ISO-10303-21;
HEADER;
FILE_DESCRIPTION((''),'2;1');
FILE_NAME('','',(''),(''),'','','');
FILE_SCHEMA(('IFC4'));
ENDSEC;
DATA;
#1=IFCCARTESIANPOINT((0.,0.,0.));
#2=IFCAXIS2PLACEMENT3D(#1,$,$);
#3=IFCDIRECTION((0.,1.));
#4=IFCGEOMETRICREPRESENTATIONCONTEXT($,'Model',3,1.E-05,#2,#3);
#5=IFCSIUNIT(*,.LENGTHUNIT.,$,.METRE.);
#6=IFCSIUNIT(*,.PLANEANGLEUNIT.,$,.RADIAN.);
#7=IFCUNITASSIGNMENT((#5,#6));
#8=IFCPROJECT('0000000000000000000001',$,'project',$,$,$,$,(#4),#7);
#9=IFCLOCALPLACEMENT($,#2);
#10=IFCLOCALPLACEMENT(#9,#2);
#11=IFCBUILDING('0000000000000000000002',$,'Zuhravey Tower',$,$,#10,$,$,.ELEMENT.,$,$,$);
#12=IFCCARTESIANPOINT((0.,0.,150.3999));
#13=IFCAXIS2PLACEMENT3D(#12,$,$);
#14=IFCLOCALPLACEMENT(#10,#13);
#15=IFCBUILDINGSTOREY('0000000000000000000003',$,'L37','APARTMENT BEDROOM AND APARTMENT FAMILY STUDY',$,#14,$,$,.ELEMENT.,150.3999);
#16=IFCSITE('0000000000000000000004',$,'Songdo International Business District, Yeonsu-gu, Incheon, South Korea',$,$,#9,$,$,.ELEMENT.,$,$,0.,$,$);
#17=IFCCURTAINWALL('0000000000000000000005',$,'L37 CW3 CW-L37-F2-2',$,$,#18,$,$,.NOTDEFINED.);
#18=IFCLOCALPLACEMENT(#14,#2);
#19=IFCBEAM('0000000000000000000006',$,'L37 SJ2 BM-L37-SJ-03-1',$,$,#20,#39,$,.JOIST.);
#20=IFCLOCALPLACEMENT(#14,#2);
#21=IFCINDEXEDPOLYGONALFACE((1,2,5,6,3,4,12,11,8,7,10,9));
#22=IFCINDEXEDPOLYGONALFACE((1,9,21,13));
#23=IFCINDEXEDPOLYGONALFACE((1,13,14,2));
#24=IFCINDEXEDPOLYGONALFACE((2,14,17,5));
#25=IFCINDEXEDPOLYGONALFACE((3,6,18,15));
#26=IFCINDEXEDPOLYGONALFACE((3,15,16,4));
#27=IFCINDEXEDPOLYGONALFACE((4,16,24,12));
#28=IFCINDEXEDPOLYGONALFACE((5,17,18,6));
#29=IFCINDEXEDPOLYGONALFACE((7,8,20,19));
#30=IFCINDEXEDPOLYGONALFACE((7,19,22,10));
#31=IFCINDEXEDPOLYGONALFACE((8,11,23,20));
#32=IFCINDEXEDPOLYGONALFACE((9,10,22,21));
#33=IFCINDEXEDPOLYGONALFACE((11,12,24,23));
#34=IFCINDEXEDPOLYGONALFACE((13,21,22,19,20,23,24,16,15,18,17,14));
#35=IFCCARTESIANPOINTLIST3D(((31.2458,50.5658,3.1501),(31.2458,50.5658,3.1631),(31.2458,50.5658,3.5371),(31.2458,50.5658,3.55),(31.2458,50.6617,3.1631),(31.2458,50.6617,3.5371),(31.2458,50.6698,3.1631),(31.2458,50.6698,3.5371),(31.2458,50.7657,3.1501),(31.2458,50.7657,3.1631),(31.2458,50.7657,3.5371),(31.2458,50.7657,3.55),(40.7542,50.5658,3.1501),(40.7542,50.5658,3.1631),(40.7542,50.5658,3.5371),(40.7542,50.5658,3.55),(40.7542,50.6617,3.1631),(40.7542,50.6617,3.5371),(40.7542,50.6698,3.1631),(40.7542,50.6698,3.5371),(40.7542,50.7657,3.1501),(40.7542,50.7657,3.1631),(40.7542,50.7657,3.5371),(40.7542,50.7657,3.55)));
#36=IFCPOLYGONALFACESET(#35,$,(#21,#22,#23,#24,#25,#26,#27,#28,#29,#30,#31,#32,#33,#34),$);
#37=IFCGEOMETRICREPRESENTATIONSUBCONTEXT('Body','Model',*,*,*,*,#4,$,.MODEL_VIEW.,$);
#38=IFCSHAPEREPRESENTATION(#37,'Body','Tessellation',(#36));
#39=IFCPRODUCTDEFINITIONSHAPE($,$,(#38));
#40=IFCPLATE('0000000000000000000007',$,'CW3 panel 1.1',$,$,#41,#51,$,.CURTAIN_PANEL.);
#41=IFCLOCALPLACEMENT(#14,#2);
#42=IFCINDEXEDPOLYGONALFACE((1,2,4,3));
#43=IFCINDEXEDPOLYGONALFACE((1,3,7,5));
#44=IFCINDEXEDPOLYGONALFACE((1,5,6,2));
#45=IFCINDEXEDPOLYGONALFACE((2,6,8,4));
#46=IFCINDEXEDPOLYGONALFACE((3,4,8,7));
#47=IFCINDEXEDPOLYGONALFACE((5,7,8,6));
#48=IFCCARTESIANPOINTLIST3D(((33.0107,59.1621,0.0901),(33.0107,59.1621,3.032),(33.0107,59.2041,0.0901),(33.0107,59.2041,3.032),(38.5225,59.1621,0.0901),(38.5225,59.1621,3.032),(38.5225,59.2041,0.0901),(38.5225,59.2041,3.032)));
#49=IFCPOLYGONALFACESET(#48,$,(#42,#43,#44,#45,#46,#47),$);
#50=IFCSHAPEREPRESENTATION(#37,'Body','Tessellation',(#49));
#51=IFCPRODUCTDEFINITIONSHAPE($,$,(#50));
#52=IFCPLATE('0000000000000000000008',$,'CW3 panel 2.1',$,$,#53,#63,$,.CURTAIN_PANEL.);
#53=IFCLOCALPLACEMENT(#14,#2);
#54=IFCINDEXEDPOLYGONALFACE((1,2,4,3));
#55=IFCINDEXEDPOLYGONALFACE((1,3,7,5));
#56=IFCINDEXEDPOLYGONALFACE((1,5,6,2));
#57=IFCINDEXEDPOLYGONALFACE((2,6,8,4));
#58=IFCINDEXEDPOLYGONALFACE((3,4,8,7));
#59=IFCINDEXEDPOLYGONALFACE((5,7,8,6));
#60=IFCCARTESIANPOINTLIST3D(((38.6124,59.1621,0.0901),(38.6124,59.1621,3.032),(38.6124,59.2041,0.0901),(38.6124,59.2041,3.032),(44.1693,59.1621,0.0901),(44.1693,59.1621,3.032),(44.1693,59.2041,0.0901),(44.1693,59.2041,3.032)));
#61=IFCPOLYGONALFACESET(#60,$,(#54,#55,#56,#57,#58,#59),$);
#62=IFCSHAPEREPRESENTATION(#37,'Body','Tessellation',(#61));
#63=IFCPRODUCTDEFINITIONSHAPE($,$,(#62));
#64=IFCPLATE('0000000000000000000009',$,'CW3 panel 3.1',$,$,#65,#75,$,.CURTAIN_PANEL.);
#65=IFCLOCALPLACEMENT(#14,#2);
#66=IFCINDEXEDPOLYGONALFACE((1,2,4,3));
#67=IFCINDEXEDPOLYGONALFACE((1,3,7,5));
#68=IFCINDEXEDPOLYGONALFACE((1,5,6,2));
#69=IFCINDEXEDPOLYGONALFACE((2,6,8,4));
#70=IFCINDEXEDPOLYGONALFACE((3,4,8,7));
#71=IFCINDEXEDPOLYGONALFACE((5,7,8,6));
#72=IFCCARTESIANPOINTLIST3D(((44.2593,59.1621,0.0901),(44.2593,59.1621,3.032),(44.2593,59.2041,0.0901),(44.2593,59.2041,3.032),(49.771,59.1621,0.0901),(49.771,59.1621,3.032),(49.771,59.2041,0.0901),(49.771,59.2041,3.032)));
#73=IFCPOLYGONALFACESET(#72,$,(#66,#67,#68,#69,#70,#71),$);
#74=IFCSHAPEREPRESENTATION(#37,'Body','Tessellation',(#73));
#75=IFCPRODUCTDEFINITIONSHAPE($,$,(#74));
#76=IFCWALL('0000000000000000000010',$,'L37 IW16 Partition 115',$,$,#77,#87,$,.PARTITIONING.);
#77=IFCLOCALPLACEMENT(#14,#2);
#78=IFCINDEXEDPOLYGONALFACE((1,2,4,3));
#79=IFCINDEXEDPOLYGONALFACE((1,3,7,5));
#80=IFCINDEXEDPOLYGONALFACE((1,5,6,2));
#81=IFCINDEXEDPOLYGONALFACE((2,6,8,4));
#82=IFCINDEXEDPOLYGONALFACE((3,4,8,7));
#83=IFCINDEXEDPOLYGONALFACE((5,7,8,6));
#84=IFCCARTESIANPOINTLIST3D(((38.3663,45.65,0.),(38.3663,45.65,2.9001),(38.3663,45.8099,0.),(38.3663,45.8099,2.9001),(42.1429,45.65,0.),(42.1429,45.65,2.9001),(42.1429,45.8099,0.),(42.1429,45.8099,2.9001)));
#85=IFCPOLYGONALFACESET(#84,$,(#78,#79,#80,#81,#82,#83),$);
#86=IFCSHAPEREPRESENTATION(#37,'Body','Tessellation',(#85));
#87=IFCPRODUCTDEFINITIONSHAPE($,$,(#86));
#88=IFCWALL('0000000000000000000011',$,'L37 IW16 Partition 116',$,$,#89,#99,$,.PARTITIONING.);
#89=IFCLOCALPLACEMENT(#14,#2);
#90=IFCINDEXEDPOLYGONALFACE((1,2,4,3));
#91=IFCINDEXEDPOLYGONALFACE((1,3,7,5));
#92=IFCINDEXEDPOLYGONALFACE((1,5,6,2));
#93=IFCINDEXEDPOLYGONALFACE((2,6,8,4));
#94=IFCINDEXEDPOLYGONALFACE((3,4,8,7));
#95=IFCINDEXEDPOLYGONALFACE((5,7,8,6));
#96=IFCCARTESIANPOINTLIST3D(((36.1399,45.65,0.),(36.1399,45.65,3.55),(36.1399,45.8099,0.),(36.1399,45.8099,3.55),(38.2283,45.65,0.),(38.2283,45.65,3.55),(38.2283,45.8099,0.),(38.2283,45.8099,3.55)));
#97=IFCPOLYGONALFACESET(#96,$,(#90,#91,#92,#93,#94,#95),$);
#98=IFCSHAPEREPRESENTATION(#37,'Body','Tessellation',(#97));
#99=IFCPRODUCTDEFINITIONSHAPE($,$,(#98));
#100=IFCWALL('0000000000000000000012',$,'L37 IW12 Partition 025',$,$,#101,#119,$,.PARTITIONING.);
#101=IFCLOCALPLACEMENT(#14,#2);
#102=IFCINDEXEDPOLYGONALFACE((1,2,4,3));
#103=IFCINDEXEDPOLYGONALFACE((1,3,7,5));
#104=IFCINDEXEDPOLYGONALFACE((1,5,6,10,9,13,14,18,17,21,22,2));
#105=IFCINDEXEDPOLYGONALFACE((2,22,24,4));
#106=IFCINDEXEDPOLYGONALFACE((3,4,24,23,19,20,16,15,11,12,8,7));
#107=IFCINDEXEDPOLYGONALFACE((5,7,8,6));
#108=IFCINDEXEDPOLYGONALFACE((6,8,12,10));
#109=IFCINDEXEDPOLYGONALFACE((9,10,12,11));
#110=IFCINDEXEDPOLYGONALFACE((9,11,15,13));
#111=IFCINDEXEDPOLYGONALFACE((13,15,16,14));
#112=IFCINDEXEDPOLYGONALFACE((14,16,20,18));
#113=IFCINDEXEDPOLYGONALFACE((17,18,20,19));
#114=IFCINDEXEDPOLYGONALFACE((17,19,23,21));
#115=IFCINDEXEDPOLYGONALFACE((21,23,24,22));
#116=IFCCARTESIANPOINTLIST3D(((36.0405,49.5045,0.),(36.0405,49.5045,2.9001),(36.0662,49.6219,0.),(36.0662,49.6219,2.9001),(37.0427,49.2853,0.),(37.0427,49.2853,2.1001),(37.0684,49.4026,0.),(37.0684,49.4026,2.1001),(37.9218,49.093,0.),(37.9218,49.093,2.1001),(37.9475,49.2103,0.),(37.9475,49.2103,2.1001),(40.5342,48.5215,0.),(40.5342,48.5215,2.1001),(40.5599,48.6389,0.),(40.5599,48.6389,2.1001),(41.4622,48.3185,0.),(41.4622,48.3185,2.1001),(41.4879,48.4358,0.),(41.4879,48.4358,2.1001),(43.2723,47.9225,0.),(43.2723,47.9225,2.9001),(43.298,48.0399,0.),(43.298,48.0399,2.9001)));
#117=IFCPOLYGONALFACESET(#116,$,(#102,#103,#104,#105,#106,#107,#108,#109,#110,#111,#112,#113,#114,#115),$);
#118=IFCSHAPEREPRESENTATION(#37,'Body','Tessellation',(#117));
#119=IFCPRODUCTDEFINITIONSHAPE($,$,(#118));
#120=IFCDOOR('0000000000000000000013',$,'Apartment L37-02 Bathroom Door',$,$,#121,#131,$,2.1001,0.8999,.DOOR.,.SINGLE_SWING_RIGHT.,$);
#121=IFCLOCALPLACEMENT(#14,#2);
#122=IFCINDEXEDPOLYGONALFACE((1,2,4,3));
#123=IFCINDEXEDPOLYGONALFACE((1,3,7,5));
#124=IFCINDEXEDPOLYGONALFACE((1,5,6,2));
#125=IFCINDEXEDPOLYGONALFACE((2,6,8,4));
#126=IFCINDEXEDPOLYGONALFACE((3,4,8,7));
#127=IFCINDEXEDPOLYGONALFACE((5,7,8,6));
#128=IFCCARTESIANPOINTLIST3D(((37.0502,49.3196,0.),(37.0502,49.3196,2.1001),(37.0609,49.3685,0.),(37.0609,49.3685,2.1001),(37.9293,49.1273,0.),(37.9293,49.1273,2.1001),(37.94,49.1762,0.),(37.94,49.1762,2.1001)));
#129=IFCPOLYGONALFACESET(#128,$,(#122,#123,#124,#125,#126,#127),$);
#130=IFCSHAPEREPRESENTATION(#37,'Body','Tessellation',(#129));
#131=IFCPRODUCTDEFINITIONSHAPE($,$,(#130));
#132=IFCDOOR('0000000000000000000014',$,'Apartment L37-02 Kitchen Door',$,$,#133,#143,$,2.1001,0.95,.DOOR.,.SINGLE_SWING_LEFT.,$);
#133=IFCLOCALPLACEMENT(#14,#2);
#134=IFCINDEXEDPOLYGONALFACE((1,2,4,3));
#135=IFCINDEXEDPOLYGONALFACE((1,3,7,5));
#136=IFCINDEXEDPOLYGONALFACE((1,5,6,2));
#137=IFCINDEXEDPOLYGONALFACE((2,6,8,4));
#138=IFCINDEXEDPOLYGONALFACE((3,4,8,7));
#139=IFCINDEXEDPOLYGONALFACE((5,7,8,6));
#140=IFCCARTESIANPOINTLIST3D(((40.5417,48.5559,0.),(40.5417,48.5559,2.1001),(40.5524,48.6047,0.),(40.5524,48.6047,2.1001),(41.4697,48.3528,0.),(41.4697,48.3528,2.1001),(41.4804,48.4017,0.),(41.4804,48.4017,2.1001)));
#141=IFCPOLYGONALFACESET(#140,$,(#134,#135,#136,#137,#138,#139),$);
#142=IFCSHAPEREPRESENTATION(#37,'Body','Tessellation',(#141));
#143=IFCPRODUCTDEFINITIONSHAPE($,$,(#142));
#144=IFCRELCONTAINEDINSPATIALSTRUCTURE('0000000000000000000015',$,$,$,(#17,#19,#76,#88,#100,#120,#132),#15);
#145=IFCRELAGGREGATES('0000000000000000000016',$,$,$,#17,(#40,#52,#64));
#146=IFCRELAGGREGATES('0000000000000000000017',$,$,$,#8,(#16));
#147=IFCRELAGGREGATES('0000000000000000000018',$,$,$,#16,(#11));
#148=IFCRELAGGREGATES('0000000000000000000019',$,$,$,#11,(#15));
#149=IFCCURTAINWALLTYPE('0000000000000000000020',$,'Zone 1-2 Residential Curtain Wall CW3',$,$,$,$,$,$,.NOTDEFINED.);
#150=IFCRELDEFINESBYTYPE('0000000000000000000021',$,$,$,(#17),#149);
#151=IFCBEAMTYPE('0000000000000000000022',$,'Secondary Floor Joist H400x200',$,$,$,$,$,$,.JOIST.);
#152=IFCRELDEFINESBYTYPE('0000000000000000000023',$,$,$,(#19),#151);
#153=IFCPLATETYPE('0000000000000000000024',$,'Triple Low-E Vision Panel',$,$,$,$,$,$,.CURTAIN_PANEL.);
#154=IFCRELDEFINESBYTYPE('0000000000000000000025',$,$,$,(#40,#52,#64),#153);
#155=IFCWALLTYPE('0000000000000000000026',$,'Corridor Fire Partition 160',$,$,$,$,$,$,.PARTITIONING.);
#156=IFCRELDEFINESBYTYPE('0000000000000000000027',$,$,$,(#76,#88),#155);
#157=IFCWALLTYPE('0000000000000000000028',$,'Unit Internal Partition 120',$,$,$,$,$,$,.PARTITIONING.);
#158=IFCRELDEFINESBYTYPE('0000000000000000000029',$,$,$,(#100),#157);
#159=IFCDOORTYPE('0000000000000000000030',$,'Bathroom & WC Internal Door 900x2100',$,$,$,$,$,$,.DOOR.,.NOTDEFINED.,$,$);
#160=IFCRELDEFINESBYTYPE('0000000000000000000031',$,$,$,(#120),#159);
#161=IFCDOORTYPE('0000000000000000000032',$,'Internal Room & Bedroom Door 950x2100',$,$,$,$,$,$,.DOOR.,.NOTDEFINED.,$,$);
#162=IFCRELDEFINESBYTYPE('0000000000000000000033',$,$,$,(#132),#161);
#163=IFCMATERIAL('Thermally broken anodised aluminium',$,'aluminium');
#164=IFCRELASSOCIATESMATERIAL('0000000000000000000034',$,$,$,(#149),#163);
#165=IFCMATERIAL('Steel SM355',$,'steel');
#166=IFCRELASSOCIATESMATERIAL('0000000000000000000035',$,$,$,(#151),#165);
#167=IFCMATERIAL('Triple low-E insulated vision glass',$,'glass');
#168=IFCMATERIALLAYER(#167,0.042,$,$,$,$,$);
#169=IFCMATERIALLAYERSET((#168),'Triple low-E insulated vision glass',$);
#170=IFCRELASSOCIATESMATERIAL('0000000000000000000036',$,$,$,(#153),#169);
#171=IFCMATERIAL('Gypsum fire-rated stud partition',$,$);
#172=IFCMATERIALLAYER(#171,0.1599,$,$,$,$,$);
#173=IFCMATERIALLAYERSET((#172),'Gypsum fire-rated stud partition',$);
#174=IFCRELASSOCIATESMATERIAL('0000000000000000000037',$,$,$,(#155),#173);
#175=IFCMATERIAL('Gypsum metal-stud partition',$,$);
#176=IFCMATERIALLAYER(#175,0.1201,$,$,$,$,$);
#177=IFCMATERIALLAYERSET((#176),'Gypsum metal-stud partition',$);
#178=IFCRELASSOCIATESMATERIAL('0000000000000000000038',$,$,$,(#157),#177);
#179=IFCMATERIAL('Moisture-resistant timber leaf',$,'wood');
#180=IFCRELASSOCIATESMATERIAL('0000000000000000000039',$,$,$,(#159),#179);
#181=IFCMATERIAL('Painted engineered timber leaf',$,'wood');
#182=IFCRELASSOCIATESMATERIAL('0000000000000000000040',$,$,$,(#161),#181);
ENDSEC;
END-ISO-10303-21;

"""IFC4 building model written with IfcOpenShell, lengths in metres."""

from ifc_helpers import new_model, si_unit, direction, frame, frame_2d, origin, origin_2d, place, context, subcontext, project, spatial, rectangle, i_section, extrude, material, layer, layer_set, material_profile, profile_set, type_object, element, fill, aggregate, save


model = new_model("IFC4")

# Units and contexts
model_context = context("Model", 3, precision=1e-05, world=origin(), true_north=direction((0.0, 1.0)))
body_context = subcontext(model_context, "Body", "Model", "MODEL_VIEW")
ifc_project = project(units=[si_unit("LENGTHUNIT", "METRE"), si_unit("PLANEANGLEUNIT", "RADIAN")], contexts=[model_context])

# Site, building, storey
site_placement = place(None, origin())
site = spatial("IfcSite", under=ifc_project, at=site_placement, Name="Songdo International Business District, Yeonsu-gu, Incheon, South Korea", CompositionType="ELEMENT", RefElevation=0.0)
building_placement = place(site_placement, origin())
building = spatial("IfcBuilding", under=site, at=building_placement, Name="Zuhravey Tower", CompositionType="ELEMENT")
storey_placement = place(building_placement, frame((0.0, 0.0, 150.3999)))
storey = spatial("IfcBuildingStorey", under=building, at=storey_placement, Name="L37", Description="APARTMENT BEDROOM AND APARTMENT FAMILY STUDY", CompositionType="ELEMENT", Elevation=150.3999)

# Curtain wall
ifc_material_1 = material(Name="Thermally broken anodised aluminium", Category="aluminium")
curtain_wall_type = type_object("IfcCurtainWallType", Name="Zone 1-2 Residential Curtain Wall CW3", PredefinedType="NOTDEFINED", material=ifc_material_1)
curtain_wall_placement = place(storey_placement, origin())
curtain_wall = element("IfcCurtainWall", 1, at=curtain_wall_placement, inside=storey, type_object=curtain_wall_type, Name="L37 CW3 CW-L37-F2-2", PredefinedType="NOTDEFINED")

# Beam
ifc_material_2 = material(Name="Steel SM355", Category="steel")
ifc_material_profile_1 = material_profile(ifc_material_2, i_section(OverallWidth=0.2, OverallDepth=0.3999, WebThickness=0.0081, FlangeThickness=0.0129, at=origin_2d()), Name="H-400x200x8x13")
ifc_profile_set_1 = profile_set([ifc_material_profile_1], Name="Steel SM355")
beam_type_1 = type_object("IfcBeamType", Name="Secondary Floor Joist H400x200", PredefinedType="JOIST", material=ifc_profile_set_1)
beam_1_placement = place(storey_placement, frame((40.7542, 50.6658, 3.3501), z_axis=(-1.0, 0.0, 0.0), x_axis=(0.0, -1.0, 0.0)))
element("IfcBeam", 2, at=beam_1_placement, inside=storey, type_object=beam_type_1, Name="L37 SJ2 BM-L37-SJ-03-1", PredefinedType="JOIST", context=body_context, shape_type="SweptSolid", body=[
    extrude(i_section(OverallWidth=0.2, OverallDepth=0.3999, WebThickness=0.0081, FlangeThickness=0.0129, at=origin_2d()), origin(), (0.0, 0.0, 1.0), 9.5083),
])

# Plates
ifc_material_3 = material(Name="Triple low-E insulated vision glass", Category="glass")
ifc_layer_1 = layer(ifc_material_3, 0.042)
ifc_layer_set_1 = layer_set([ifc_layer_1], Name="Triple low-E insulated vision glass")
plate_type = type_object("IfcPlateType", Name="Triple Low-E Vision Panel", PredefinedType="CURTAIN_PANEL", material=ifc_layer_set_1)
plate_1_placement = place(storey_placement, frame((35.7666, 59.1831, 0.0901), z_axis=(0.0, 0.0, 1.0), x_axis=(1.0, 0.0, 0.0)))
plate_1 = element("IfcPlate", 3, at=plate_1_placement, type_object=plate_type, Name="CW3 panel 1.1", PredefinedType="CURTAIN_PANEL", context=body_context, shape_type="SweptSolid", body=[
    extrude(rectangle(XDim=5.5117, YDim=0.042, at=origin_2d()), origin(), (0.0, 0.0, 1.0), 2.9419),
])
plate_2_placement = place(storey_placement, frame((41.3909, 59.1831, 0.0901), z_axis=(0.0, 0.0, 1.0), x_axis=(1.0, 0.0, 0.0)))
plate_2 = element("IfcPlate", 4, at=plate_2_placement, type_object=plate_type, Name="CW3 panel 2.1", PredefinedType="CURTAIN_PANEL", context=body_context, shape_type="SweptSolid", body=[
    extrude(rectangle(XDim=5.5569, YDim=0.042, at=origin_2d()), origin(), (0.0, 0.0, 1.0), 2.9419),
])
plate_3_placement = place(storey_placement, frame((47.0151, 59.1831, 0.0901), z_axis=(0.0, 0.0, 1.0), x_axis=(1.0, 0.0, 0.0)))
plate_3 = element("IfcPlate", 5, at=plate_3_placement, type_object=plate_type, Name="CW3 panel 3.1", PredefinedType="CURTAIN_PANEL", context=body_context, shape_type="SweptSolid", body=[
    extrude(rectangle(XDim=5.5117, YDim=0.042, at=origin_2d()), origin(), (0.0, 0.0, 1.0), 2.9419),
])
aggregate(curtain_wall, [plate_1, plate_2, plate_3])

# Shared definitions
ifc_material_4 = material(Name="Gypsum fire-rated stud partition")
ifc_layer_2 = layer(ifc_material_4, 0.1599)
ifc_layer_set_2 = layer_set([ifc_layer_2], Name="Gypsum fire-rated stud partition")
wall_type_1 = type_object("IfcWallType", Name="Corridor Fire Partition 160", PredefinedType="PARTITIONING", material=ifc_layer_set_2)

# Walls
wall_1_placement = place(storey_placement, frame((42.1428, 45.73, 0.0), z_axis=(0.0, 0.0, 1.0), x_axis=(-1.0, 0.0, 0.0)))
element("IfcWall", 6, at=wall_1_placement, inside=storey, type_object=wall_type_1, Name="L37 IW16 Partition 115", PredefinedType="PARTITIONING", context=body_context, shape_type="SweptSolid", body=[
    extrude(rectangle(XDim=3.7766, YDim=0.1599, at=frame_2d((1.8882, 0.0))), origin(), (0.0, 0.0, 1.0), 2.9001),
])
wall_2_placement = place(storey_placement, frame((38.2283, 45.73, 0.0), z_axis=(0.0, 0.0, 1.0), x_axis=(-1.0, 0.0, 0.0)))
element("IfcWall", 7, at=wall_2_placement, inside=storey, type_object=wall_type_1, Name="L37 IW16 Partition 116", PredefinedType="PARTITIONING", context=body_context, shape_type="SweptSolid", body=[
    extrude(rectangle(XDim=2.0884, YDim=0.1599, at=frame_2d((1.0442, 0.0))), origin(), (0.0, 0.0, 1.0), 3.55),
])

# Wall, openings, doors
ifc_material_5 = material(Name="Gypsum metal-stud partition")
ifc_layer_3 = layer(ifc_material_5, 0.1201)
ifc_layer_set_3 = layer_set([ifc_layer_3], Name="Gypsum metal-stud partition")
wall_type_2 = type_object("IfcWallType", Name="Unit Internal Partition 120", PredefinedType="PARTITIONING", material=ifc_layer_set_3)
wall_3_placement = place(storey_placement, frame((43.2852, 47.9812, 0.0), z_axis=(0.0, 0.0, 1.0), x_axis=(-0.976899, 0.213703, 0.0)))
wall_3 = element("IfcWall", 8, at=wall_3_placement, inside=storey, type_object=wall_type_2, Name="L37 IW12 Partition 025", PredefinedType="PARTITIONING", context=body_context, shape_type="SweptSolid", body=[
    extrude(rectangle(XDim=7.4028, YDim=0.1201, at=frame_2d((3.7014, 0.0))), origin(), (0.0, 0.0, 1.0), 2.9001),
])
opening_1_placement = place(wall_3_placement, frame((1.8528, 0.0, 0.0)))
opening_1 = element("IfcOpeningElement", 9, at=opening_1_placement, cuts=wall_3, PredefinedType="OPENING", context=body_context, shape_type="SweptSolid", body=[
    extrude(rectangle(XDim=0.95, YDim=2.1001, at=frame_2d((0.4751, 1.05))), frame((0.0, 0.072, 0.0), z_axis=(0.0, -1.0, 0.0), x_axis=(1.0, 0.0, 0.0)), (0.0, 0.0, 1.0), 0.144),
])
opening_2_placement = place(wall_3_placement, frame((5.4771, 0.0, 0.0)))
opening_2 = element("IfcOpeningElement", 10, at=opening_2_placement, cuts=wall_3, PredefinedType="OPENING", context=body_context, shape_type="SweptSolid", body=[
    extrude(rectangle(XDim=0.8999, YDim=2.1001, at=frame_2d((0.45, 1.05))), frame((0.0, 0.072, 0.0), z_axis=(0.0, -1.0, 0.0), x_axis=(1.0, 0.0, 0.0)), (0.0, 0.0, 1.0), 0.144),
])
ifc_material_6 = material(Name="Moisture-resistant timber leaf", Category="wood")
door_type_1 = type_object("IfcDoorType", Name="Bathroom & WC Internal Door 900x2100", OperationType="NOTDEFINED", PredefinedType="DOOR", material=ifc_material_6)
door_1_placement = place(opening_2_placement, origin())
door_1 = element("IfcDoor", 11, at=door_1_placement, inside=storey, type_object=door_type_1, Name="Apartment L37-02 Bathroom Door", OperationType="SINGLE_SWING_RIGHT", OverallHeight=2.1001, OverallWidth=0.8999, PredefinedType="DOOR", context=body_context, shape_type="SweptSolid", body=[
    extrude(rectangle(XDim=0.8999, YDim=2.1001, at=frame_2d((0.45, 1.05))), frame((0.0, 0.0249, 0.0), z_axis=(0.0, -1.0, 0.0), x_axis=(1.0, 0.0, 0.0)), (0.0, 0.0, 1.0), 0.05),
])
fill(opening_2, door_1)
ifc_material_7 = material(Name="Painted engineered timber leaf", Category="wood")
door_type_2 = type_object("IfcDoorType", Name="Internal Room & Bedroom Door 950x2100", OperationType="NOTDEFINED", PredefinedType="DOOR", material=ifc_material_7)
door_2_placement = place(opening_1_placement, origin())
door_2 = element("IfcDoor", 12, at=door_2_placement, inside=storey, type_object=door_type_2, Name="Apartment L37-02 Kitchen Door", OperationType="SINGLE_SWING_LEFT", OverallHeight=2.1001, OverallWidth=0.95, PredefinedType="DOOR", context=body_context, shape_type="SweptSolid", body=[
    extrude(rectangle(XDim=0.95, YDim=2.1001, at=frame_2d((0.4751, 1.05))), frame((0.0, 0.0249, 0.0), z_axis=(0.0, -1.0, 0.0), x_axis=(1.0, 0.0, 0.0)), (0.0, 0.0, 1.0), 0.05),
])
fill(opening_1, door_2)

save(model, "model.ifc")
